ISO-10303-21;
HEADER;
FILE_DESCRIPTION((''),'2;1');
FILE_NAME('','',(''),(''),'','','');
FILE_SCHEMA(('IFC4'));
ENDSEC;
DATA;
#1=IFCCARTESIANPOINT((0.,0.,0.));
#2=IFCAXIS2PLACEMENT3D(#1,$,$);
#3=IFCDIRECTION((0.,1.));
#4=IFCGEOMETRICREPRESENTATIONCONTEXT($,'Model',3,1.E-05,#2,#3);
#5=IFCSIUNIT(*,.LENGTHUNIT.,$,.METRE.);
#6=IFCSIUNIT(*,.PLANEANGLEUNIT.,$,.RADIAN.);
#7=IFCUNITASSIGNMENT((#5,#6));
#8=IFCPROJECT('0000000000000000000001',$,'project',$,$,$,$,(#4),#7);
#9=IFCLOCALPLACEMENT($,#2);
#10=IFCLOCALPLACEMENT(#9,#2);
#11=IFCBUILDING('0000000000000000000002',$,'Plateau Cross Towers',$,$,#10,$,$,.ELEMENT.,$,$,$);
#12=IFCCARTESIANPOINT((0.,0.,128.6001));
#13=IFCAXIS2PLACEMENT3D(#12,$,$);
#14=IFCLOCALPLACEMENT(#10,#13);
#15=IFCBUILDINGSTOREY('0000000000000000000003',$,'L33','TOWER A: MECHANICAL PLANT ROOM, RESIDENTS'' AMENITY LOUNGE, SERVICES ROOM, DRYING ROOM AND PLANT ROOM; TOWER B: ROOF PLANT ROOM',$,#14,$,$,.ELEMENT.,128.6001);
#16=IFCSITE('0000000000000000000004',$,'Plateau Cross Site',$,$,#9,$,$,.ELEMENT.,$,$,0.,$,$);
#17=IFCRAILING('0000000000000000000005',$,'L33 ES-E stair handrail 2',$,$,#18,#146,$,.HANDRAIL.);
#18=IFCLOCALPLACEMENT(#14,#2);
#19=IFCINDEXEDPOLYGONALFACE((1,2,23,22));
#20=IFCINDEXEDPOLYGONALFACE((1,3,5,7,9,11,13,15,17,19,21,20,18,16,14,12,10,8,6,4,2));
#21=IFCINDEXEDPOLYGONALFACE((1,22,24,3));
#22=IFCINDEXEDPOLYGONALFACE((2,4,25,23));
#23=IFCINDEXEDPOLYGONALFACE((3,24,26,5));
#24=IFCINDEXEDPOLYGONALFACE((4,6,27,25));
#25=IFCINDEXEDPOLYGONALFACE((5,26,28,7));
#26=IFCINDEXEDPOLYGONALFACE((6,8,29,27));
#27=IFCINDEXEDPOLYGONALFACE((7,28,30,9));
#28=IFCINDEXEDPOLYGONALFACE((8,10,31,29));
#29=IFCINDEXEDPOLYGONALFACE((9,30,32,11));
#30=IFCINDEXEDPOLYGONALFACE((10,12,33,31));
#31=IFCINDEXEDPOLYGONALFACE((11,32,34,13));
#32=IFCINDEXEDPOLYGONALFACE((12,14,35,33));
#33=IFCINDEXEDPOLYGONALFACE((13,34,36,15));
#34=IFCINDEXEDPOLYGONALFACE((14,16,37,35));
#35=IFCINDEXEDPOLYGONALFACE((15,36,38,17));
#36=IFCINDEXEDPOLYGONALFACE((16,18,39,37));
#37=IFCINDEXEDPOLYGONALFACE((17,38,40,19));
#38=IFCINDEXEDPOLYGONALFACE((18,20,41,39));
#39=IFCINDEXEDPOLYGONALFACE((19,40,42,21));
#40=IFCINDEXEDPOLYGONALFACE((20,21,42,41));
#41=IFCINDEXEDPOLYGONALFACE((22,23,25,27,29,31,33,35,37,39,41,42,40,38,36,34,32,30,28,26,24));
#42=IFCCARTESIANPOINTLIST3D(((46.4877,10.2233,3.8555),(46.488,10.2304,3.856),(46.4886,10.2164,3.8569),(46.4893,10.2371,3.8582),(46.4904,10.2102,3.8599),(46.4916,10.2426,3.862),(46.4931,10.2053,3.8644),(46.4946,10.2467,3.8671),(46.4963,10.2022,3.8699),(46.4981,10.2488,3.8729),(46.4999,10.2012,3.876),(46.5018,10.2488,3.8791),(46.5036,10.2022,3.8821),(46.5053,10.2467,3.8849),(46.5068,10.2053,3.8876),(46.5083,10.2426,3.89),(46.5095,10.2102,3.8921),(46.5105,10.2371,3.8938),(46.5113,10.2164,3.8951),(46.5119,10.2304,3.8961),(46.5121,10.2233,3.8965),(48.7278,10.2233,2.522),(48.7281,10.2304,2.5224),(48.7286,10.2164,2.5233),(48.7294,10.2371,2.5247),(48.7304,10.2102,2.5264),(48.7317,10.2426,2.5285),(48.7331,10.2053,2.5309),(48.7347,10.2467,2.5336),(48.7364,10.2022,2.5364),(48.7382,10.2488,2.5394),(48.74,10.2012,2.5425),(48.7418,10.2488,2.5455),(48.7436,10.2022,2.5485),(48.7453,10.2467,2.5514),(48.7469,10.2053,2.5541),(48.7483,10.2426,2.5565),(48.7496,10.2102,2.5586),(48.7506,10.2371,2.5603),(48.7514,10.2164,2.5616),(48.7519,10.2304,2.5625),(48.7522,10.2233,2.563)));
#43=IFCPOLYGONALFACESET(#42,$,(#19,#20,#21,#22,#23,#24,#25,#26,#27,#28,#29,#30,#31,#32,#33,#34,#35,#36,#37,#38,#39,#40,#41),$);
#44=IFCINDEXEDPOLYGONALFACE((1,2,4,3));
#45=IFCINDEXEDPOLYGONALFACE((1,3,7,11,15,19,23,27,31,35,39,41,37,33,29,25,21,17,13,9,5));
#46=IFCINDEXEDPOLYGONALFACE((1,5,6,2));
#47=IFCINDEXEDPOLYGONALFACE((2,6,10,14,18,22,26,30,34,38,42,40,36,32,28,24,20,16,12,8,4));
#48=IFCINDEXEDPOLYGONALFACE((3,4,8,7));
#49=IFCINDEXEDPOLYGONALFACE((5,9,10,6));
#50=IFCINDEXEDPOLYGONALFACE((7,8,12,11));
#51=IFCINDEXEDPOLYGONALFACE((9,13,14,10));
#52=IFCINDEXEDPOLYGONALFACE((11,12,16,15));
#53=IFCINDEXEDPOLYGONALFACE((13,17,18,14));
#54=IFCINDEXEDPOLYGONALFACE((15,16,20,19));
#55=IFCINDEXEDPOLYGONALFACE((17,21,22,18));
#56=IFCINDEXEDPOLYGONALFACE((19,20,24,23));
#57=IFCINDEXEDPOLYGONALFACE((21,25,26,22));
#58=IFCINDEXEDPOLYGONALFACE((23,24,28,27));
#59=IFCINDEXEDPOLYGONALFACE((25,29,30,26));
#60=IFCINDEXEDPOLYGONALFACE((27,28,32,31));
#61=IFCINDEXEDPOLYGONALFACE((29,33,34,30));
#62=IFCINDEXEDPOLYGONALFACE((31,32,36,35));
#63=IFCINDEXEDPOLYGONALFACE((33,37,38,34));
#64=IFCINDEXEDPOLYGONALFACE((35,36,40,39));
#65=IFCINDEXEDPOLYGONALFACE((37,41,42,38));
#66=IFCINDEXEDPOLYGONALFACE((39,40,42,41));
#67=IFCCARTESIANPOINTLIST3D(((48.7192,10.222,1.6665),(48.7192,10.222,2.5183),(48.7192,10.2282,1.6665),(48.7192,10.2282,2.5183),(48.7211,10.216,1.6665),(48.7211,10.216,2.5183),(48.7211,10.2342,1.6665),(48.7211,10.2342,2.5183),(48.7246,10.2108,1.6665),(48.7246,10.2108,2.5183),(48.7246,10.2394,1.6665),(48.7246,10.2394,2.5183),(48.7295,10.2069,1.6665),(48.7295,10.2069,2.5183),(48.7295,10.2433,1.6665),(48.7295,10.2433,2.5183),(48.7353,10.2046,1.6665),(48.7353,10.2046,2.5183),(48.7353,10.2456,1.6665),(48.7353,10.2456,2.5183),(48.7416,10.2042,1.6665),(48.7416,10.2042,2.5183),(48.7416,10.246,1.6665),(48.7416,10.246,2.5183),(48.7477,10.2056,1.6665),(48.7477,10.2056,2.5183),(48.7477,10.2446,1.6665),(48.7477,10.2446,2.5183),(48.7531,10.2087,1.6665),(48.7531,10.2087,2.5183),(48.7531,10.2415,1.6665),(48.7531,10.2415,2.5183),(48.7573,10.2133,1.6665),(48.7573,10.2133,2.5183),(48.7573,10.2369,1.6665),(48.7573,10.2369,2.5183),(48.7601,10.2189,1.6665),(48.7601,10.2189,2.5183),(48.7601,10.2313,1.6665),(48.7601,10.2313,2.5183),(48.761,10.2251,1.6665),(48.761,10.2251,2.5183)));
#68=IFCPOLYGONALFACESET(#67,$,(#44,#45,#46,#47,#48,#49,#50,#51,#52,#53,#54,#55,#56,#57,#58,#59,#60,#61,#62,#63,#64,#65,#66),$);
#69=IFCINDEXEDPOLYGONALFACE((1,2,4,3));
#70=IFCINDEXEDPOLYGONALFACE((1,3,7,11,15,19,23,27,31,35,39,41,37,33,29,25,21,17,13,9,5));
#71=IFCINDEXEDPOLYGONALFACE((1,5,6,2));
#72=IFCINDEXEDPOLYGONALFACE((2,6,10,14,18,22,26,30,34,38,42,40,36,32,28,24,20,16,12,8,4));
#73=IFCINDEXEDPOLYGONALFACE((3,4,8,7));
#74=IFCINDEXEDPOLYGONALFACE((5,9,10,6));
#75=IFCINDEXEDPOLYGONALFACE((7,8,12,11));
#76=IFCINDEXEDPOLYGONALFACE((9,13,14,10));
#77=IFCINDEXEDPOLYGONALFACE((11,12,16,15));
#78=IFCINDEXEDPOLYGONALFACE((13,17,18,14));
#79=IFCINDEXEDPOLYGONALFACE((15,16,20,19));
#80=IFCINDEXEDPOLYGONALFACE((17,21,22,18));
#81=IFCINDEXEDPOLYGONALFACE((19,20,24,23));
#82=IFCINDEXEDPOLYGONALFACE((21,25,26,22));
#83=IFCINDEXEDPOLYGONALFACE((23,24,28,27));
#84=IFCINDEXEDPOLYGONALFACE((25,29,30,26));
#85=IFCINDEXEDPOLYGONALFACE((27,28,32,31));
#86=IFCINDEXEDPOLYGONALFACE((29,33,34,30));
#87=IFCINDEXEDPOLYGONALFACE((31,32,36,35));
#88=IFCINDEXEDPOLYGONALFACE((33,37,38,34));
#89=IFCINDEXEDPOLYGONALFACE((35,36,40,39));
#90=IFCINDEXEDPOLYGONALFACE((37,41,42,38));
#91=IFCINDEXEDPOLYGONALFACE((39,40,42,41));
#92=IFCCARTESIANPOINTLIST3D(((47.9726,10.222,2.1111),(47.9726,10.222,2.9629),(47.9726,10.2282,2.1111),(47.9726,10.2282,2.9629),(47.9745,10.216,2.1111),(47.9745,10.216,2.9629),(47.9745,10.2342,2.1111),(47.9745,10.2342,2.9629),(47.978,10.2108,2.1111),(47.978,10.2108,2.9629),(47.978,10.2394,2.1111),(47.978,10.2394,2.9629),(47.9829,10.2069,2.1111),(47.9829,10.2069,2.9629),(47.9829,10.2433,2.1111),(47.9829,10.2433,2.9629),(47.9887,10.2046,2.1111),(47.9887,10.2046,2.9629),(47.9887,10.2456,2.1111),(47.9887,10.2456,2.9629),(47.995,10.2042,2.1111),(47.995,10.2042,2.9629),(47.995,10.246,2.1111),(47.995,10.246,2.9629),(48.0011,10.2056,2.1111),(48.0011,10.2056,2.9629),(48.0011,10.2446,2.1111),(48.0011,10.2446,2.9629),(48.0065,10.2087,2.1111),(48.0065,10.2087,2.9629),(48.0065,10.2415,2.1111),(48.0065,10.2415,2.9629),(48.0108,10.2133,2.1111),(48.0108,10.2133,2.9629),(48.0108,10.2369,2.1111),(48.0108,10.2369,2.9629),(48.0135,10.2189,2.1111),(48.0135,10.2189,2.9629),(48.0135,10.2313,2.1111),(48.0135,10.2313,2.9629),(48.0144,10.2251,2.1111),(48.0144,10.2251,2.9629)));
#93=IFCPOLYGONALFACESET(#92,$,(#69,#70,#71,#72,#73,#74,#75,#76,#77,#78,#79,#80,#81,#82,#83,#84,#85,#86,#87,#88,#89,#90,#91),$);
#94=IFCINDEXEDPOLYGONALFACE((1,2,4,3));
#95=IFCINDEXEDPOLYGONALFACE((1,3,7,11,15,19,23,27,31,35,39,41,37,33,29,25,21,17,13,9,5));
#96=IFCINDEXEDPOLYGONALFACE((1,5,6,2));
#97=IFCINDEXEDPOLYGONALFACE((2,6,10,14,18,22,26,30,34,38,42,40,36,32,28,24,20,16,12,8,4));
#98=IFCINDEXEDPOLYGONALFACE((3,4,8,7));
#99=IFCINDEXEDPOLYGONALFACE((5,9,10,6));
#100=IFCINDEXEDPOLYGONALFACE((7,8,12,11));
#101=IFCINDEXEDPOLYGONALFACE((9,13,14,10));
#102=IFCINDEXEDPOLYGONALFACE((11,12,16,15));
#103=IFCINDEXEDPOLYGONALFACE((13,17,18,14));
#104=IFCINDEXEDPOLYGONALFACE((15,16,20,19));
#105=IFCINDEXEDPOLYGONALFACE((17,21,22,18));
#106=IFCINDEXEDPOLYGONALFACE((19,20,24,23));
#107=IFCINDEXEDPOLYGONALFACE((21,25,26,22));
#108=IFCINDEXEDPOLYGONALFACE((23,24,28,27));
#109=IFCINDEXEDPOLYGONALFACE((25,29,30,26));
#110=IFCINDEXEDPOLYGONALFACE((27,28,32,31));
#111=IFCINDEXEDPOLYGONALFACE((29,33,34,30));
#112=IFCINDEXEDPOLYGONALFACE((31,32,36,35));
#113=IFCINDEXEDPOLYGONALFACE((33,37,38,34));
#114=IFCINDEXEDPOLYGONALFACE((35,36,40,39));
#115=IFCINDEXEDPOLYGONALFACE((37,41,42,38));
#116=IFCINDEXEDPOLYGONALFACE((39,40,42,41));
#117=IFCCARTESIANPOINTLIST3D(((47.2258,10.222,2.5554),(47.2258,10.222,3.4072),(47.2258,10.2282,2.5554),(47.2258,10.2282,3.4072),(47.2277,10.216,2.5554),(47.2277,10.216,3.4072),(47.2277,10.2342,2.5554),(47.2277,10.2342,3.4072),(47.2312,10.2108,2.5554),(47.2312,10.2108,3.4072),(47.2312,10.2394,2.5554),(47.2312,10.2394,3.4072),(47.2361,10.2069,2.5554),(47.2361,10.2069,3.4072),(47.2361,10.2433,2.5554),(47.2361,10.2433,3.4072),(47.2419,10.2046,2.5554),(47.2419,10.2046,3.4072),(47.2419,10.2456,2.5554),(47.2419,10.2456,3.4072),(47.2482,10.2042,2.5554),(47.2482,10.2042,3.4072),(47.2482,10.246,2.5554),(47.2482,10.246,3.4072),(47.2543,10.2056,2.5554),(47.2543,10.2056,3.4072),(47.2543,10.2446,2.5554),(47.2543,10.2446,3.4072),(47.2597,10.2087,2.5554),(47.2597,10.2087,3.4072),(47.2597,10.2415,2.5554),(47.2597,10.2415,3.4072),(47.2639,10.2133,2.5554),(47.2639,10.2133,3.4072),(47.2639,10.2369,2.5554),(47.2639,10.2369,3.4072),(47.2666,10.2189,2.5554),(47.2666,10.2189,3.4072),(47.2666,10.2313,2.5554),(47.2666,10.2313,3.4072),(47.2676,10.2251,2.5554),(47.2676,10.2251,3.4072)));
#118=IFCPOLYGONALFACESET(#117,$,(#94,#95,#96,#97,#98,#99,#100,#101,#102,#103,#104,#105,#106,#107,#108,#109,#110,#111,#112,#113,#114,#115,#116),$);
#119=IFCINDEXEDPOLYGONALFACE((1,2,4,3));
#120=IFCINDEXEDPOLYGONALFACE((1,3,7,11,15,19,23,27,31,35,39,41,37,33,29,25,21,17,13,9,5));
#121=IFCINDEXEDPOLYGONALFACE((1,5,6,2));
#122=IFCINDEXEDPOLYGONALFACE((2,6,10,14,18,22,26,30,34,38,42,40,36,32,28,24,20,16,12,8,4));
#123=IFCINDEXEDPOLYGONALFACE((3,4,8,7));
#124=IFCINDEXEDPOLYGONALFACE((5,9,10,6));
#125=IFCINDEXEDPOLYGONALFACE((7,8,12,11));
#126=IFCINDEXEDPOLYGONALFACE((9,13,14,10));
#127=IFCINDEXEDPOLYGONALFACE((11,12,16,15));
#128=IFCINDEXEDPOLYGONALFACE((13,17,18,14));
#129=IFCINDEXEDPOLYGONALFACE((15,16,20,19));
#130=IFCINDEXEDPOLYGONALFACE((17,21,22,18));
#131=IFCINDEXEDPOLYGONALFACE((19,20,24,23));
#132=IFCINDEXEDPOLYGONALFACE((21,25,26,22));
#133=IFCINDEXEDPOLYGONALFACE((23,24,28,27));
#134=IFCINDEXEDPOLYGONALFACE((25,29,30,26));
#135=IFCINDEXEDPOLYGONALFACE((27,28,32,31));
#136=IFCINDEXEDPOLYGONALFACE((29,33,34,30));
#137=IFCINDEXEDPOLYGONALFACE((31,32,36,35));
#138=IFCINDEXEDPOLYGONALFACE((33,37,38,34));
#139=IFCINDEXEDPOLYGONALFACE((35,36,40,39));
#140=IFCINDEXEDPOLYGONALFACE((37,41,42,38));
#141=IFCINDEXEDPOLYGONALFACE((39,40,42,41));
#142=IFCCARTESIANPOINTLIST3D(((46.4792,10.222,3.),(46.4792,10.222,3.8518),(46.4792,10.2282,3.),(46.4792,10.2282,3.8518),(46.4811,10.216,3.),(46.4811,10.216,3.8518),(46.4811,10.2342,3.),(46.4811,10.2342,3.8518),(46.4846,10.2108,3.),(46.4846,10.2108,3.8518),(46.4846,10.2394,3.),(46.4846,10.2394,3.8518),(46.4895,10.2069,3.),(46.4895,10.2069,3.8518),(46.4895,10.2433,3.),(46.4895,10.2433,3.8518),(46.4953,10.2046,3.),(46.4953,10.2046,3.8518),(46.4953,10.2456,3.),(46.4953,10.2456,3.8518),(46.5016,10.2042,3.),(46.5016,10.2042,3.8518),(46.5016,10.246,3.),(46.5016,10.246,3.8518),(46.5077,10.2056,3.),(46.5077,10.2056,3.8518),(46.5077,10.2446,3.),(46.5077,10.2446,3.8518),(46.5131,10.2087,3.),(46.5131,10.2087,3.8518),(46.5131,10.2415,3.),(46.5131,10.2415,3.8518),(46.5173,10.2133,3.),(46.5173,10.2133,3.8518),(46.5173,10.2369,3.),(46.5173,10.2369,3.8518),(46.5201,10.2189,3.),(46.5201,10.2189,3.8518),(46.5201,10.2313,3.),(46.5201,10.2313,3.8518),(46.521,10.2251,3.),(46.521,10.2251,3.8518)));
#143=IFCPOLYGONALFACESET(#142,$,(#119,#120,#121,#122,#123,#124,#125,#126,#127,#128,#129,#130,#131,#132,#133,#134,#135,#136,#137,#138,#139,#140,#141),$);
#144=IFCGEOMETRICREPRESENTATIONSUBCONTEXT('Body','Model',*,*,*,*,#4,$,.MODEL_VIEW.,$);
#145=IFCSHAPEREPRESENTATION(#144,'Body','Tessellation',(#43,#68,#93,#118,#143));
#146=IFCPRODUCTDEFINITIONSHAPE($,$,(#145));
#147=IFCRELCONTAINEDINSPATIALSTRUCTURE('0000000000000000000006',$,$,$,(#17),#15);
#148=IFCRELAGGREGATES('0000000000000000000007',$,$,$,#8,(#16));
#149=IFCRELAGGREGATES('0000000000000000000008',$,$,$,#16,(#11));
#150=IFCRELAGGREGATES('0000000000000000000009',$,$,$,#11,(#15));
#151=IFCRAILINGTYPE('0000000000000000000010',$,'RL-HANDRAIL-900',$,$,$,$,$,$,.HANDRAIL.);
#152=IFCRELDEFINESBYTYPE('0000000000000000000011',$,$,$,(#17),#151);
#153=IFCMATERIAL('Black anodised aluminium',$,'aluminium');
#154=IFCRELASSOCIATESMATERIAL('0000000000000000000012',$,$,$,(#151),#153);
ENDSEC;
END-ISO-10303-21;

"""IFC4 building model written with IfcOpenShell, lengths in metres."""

from ifc_helpers import new_model, si_unit, direction, frame, origin, origin_2d, place, context, subcontext, project, spatial, circle, extrude, material, type_object, element, save


model = new_model("IFC4")

# Units and contexts
model_context = context("Model", 3, precision=1e-05, world=origin(), true_north=direction((0.0, 1.0)))
body_context = subcontext(model_context, "Body", "Model", "MODEL_VIEW")
ifc_project = project(units=[si_unit("LENGTHUNIT", "METRE"), si_unit("PLANEANGLEUNIT", "RADIAN")], contexts=[model_context])

# Site, building, storey
site_placement = place(None, origin())
site = spatial("IfcSite", under=ifc_project, at=site_placement, Name="Plateau Cross Site", CompositionType="ELEMENT", RefElevation=0.0)
building_placement = place(site_placement, origin())
building = spatial("IfcBuilding", under=site, at=building_placement, Name="Plateau Cross Towers", CompositionType="ELEMENT")
storey_placement = place(building_placement, frame((0.0, 0.0, 128.6001)))
storey = spatial("IfcBuildingStorey", under=building, at=storey_placement, Name="L33", Description="TOWER A: MECHANICAL PLANT ROOM, RESIDENTS' AMENITY LOUNGE, SERVICES ROOM, DRYING ROOM AND PLANT ROOM; TOWER B: ROOF PLANT ROOM", CompositionType="ELEMENT", Elevation=128.6001)

# Shared definitions
ifc_material_1 = material(Name="Black anodised aluminium", Category="aluminium")

# Railing
railing_type_1 = type_object("IfcRailingType", Name="RL-HANDRAIL-900", PredefinedType="HANDRAIL", material=ifc_material_1)
for number, where, name in (
    (1, (48.74, 10.2251, 1.6665), "L33 ES-E stair handrail 2"),
):
    element("IfcRailing", number, at=place(storey_placement, frame(where)), inside=storey, type_object=railing_type_1, Name=name, PredefinedType="HANDRAIL", context=body_context, shape_type="SweptSolid", body=[
        extrude(circle(Radius=0.0239, at=origin_2d()), frame((0.0, 0.0, 0.876), z_axis=(-0.859264, 0.0, 0.511532), x_axis=(0.0, -1.0, 0.0)), (0.0, 0.0, 1.0), 2.6069),
        extrude(circle(Radius=0.021, at=origin_2d()), origin(), (0.0, 0.0, 1.0), 0.8518),
        extrude(circle(Radius=0.021, at=origin_2d()), frame((-0.7466, 0.0, 0.4446)), (0.0, 0.0, 1.0), 0.8518),
        extrude(circle(Radius=0.021, at=origin_2d()), frame((-1.4934, 0.0, 0.8889)), (0.0, 0.0, 1.0), 0.8518),
        extrude(circle(Radius=0.021, at=origin_2d()), frame((-2.24, 0.0, 1.3335)), (0.0, 0.0, 1.0), 0.8518),
    ])

save(model, "model.ifc")
